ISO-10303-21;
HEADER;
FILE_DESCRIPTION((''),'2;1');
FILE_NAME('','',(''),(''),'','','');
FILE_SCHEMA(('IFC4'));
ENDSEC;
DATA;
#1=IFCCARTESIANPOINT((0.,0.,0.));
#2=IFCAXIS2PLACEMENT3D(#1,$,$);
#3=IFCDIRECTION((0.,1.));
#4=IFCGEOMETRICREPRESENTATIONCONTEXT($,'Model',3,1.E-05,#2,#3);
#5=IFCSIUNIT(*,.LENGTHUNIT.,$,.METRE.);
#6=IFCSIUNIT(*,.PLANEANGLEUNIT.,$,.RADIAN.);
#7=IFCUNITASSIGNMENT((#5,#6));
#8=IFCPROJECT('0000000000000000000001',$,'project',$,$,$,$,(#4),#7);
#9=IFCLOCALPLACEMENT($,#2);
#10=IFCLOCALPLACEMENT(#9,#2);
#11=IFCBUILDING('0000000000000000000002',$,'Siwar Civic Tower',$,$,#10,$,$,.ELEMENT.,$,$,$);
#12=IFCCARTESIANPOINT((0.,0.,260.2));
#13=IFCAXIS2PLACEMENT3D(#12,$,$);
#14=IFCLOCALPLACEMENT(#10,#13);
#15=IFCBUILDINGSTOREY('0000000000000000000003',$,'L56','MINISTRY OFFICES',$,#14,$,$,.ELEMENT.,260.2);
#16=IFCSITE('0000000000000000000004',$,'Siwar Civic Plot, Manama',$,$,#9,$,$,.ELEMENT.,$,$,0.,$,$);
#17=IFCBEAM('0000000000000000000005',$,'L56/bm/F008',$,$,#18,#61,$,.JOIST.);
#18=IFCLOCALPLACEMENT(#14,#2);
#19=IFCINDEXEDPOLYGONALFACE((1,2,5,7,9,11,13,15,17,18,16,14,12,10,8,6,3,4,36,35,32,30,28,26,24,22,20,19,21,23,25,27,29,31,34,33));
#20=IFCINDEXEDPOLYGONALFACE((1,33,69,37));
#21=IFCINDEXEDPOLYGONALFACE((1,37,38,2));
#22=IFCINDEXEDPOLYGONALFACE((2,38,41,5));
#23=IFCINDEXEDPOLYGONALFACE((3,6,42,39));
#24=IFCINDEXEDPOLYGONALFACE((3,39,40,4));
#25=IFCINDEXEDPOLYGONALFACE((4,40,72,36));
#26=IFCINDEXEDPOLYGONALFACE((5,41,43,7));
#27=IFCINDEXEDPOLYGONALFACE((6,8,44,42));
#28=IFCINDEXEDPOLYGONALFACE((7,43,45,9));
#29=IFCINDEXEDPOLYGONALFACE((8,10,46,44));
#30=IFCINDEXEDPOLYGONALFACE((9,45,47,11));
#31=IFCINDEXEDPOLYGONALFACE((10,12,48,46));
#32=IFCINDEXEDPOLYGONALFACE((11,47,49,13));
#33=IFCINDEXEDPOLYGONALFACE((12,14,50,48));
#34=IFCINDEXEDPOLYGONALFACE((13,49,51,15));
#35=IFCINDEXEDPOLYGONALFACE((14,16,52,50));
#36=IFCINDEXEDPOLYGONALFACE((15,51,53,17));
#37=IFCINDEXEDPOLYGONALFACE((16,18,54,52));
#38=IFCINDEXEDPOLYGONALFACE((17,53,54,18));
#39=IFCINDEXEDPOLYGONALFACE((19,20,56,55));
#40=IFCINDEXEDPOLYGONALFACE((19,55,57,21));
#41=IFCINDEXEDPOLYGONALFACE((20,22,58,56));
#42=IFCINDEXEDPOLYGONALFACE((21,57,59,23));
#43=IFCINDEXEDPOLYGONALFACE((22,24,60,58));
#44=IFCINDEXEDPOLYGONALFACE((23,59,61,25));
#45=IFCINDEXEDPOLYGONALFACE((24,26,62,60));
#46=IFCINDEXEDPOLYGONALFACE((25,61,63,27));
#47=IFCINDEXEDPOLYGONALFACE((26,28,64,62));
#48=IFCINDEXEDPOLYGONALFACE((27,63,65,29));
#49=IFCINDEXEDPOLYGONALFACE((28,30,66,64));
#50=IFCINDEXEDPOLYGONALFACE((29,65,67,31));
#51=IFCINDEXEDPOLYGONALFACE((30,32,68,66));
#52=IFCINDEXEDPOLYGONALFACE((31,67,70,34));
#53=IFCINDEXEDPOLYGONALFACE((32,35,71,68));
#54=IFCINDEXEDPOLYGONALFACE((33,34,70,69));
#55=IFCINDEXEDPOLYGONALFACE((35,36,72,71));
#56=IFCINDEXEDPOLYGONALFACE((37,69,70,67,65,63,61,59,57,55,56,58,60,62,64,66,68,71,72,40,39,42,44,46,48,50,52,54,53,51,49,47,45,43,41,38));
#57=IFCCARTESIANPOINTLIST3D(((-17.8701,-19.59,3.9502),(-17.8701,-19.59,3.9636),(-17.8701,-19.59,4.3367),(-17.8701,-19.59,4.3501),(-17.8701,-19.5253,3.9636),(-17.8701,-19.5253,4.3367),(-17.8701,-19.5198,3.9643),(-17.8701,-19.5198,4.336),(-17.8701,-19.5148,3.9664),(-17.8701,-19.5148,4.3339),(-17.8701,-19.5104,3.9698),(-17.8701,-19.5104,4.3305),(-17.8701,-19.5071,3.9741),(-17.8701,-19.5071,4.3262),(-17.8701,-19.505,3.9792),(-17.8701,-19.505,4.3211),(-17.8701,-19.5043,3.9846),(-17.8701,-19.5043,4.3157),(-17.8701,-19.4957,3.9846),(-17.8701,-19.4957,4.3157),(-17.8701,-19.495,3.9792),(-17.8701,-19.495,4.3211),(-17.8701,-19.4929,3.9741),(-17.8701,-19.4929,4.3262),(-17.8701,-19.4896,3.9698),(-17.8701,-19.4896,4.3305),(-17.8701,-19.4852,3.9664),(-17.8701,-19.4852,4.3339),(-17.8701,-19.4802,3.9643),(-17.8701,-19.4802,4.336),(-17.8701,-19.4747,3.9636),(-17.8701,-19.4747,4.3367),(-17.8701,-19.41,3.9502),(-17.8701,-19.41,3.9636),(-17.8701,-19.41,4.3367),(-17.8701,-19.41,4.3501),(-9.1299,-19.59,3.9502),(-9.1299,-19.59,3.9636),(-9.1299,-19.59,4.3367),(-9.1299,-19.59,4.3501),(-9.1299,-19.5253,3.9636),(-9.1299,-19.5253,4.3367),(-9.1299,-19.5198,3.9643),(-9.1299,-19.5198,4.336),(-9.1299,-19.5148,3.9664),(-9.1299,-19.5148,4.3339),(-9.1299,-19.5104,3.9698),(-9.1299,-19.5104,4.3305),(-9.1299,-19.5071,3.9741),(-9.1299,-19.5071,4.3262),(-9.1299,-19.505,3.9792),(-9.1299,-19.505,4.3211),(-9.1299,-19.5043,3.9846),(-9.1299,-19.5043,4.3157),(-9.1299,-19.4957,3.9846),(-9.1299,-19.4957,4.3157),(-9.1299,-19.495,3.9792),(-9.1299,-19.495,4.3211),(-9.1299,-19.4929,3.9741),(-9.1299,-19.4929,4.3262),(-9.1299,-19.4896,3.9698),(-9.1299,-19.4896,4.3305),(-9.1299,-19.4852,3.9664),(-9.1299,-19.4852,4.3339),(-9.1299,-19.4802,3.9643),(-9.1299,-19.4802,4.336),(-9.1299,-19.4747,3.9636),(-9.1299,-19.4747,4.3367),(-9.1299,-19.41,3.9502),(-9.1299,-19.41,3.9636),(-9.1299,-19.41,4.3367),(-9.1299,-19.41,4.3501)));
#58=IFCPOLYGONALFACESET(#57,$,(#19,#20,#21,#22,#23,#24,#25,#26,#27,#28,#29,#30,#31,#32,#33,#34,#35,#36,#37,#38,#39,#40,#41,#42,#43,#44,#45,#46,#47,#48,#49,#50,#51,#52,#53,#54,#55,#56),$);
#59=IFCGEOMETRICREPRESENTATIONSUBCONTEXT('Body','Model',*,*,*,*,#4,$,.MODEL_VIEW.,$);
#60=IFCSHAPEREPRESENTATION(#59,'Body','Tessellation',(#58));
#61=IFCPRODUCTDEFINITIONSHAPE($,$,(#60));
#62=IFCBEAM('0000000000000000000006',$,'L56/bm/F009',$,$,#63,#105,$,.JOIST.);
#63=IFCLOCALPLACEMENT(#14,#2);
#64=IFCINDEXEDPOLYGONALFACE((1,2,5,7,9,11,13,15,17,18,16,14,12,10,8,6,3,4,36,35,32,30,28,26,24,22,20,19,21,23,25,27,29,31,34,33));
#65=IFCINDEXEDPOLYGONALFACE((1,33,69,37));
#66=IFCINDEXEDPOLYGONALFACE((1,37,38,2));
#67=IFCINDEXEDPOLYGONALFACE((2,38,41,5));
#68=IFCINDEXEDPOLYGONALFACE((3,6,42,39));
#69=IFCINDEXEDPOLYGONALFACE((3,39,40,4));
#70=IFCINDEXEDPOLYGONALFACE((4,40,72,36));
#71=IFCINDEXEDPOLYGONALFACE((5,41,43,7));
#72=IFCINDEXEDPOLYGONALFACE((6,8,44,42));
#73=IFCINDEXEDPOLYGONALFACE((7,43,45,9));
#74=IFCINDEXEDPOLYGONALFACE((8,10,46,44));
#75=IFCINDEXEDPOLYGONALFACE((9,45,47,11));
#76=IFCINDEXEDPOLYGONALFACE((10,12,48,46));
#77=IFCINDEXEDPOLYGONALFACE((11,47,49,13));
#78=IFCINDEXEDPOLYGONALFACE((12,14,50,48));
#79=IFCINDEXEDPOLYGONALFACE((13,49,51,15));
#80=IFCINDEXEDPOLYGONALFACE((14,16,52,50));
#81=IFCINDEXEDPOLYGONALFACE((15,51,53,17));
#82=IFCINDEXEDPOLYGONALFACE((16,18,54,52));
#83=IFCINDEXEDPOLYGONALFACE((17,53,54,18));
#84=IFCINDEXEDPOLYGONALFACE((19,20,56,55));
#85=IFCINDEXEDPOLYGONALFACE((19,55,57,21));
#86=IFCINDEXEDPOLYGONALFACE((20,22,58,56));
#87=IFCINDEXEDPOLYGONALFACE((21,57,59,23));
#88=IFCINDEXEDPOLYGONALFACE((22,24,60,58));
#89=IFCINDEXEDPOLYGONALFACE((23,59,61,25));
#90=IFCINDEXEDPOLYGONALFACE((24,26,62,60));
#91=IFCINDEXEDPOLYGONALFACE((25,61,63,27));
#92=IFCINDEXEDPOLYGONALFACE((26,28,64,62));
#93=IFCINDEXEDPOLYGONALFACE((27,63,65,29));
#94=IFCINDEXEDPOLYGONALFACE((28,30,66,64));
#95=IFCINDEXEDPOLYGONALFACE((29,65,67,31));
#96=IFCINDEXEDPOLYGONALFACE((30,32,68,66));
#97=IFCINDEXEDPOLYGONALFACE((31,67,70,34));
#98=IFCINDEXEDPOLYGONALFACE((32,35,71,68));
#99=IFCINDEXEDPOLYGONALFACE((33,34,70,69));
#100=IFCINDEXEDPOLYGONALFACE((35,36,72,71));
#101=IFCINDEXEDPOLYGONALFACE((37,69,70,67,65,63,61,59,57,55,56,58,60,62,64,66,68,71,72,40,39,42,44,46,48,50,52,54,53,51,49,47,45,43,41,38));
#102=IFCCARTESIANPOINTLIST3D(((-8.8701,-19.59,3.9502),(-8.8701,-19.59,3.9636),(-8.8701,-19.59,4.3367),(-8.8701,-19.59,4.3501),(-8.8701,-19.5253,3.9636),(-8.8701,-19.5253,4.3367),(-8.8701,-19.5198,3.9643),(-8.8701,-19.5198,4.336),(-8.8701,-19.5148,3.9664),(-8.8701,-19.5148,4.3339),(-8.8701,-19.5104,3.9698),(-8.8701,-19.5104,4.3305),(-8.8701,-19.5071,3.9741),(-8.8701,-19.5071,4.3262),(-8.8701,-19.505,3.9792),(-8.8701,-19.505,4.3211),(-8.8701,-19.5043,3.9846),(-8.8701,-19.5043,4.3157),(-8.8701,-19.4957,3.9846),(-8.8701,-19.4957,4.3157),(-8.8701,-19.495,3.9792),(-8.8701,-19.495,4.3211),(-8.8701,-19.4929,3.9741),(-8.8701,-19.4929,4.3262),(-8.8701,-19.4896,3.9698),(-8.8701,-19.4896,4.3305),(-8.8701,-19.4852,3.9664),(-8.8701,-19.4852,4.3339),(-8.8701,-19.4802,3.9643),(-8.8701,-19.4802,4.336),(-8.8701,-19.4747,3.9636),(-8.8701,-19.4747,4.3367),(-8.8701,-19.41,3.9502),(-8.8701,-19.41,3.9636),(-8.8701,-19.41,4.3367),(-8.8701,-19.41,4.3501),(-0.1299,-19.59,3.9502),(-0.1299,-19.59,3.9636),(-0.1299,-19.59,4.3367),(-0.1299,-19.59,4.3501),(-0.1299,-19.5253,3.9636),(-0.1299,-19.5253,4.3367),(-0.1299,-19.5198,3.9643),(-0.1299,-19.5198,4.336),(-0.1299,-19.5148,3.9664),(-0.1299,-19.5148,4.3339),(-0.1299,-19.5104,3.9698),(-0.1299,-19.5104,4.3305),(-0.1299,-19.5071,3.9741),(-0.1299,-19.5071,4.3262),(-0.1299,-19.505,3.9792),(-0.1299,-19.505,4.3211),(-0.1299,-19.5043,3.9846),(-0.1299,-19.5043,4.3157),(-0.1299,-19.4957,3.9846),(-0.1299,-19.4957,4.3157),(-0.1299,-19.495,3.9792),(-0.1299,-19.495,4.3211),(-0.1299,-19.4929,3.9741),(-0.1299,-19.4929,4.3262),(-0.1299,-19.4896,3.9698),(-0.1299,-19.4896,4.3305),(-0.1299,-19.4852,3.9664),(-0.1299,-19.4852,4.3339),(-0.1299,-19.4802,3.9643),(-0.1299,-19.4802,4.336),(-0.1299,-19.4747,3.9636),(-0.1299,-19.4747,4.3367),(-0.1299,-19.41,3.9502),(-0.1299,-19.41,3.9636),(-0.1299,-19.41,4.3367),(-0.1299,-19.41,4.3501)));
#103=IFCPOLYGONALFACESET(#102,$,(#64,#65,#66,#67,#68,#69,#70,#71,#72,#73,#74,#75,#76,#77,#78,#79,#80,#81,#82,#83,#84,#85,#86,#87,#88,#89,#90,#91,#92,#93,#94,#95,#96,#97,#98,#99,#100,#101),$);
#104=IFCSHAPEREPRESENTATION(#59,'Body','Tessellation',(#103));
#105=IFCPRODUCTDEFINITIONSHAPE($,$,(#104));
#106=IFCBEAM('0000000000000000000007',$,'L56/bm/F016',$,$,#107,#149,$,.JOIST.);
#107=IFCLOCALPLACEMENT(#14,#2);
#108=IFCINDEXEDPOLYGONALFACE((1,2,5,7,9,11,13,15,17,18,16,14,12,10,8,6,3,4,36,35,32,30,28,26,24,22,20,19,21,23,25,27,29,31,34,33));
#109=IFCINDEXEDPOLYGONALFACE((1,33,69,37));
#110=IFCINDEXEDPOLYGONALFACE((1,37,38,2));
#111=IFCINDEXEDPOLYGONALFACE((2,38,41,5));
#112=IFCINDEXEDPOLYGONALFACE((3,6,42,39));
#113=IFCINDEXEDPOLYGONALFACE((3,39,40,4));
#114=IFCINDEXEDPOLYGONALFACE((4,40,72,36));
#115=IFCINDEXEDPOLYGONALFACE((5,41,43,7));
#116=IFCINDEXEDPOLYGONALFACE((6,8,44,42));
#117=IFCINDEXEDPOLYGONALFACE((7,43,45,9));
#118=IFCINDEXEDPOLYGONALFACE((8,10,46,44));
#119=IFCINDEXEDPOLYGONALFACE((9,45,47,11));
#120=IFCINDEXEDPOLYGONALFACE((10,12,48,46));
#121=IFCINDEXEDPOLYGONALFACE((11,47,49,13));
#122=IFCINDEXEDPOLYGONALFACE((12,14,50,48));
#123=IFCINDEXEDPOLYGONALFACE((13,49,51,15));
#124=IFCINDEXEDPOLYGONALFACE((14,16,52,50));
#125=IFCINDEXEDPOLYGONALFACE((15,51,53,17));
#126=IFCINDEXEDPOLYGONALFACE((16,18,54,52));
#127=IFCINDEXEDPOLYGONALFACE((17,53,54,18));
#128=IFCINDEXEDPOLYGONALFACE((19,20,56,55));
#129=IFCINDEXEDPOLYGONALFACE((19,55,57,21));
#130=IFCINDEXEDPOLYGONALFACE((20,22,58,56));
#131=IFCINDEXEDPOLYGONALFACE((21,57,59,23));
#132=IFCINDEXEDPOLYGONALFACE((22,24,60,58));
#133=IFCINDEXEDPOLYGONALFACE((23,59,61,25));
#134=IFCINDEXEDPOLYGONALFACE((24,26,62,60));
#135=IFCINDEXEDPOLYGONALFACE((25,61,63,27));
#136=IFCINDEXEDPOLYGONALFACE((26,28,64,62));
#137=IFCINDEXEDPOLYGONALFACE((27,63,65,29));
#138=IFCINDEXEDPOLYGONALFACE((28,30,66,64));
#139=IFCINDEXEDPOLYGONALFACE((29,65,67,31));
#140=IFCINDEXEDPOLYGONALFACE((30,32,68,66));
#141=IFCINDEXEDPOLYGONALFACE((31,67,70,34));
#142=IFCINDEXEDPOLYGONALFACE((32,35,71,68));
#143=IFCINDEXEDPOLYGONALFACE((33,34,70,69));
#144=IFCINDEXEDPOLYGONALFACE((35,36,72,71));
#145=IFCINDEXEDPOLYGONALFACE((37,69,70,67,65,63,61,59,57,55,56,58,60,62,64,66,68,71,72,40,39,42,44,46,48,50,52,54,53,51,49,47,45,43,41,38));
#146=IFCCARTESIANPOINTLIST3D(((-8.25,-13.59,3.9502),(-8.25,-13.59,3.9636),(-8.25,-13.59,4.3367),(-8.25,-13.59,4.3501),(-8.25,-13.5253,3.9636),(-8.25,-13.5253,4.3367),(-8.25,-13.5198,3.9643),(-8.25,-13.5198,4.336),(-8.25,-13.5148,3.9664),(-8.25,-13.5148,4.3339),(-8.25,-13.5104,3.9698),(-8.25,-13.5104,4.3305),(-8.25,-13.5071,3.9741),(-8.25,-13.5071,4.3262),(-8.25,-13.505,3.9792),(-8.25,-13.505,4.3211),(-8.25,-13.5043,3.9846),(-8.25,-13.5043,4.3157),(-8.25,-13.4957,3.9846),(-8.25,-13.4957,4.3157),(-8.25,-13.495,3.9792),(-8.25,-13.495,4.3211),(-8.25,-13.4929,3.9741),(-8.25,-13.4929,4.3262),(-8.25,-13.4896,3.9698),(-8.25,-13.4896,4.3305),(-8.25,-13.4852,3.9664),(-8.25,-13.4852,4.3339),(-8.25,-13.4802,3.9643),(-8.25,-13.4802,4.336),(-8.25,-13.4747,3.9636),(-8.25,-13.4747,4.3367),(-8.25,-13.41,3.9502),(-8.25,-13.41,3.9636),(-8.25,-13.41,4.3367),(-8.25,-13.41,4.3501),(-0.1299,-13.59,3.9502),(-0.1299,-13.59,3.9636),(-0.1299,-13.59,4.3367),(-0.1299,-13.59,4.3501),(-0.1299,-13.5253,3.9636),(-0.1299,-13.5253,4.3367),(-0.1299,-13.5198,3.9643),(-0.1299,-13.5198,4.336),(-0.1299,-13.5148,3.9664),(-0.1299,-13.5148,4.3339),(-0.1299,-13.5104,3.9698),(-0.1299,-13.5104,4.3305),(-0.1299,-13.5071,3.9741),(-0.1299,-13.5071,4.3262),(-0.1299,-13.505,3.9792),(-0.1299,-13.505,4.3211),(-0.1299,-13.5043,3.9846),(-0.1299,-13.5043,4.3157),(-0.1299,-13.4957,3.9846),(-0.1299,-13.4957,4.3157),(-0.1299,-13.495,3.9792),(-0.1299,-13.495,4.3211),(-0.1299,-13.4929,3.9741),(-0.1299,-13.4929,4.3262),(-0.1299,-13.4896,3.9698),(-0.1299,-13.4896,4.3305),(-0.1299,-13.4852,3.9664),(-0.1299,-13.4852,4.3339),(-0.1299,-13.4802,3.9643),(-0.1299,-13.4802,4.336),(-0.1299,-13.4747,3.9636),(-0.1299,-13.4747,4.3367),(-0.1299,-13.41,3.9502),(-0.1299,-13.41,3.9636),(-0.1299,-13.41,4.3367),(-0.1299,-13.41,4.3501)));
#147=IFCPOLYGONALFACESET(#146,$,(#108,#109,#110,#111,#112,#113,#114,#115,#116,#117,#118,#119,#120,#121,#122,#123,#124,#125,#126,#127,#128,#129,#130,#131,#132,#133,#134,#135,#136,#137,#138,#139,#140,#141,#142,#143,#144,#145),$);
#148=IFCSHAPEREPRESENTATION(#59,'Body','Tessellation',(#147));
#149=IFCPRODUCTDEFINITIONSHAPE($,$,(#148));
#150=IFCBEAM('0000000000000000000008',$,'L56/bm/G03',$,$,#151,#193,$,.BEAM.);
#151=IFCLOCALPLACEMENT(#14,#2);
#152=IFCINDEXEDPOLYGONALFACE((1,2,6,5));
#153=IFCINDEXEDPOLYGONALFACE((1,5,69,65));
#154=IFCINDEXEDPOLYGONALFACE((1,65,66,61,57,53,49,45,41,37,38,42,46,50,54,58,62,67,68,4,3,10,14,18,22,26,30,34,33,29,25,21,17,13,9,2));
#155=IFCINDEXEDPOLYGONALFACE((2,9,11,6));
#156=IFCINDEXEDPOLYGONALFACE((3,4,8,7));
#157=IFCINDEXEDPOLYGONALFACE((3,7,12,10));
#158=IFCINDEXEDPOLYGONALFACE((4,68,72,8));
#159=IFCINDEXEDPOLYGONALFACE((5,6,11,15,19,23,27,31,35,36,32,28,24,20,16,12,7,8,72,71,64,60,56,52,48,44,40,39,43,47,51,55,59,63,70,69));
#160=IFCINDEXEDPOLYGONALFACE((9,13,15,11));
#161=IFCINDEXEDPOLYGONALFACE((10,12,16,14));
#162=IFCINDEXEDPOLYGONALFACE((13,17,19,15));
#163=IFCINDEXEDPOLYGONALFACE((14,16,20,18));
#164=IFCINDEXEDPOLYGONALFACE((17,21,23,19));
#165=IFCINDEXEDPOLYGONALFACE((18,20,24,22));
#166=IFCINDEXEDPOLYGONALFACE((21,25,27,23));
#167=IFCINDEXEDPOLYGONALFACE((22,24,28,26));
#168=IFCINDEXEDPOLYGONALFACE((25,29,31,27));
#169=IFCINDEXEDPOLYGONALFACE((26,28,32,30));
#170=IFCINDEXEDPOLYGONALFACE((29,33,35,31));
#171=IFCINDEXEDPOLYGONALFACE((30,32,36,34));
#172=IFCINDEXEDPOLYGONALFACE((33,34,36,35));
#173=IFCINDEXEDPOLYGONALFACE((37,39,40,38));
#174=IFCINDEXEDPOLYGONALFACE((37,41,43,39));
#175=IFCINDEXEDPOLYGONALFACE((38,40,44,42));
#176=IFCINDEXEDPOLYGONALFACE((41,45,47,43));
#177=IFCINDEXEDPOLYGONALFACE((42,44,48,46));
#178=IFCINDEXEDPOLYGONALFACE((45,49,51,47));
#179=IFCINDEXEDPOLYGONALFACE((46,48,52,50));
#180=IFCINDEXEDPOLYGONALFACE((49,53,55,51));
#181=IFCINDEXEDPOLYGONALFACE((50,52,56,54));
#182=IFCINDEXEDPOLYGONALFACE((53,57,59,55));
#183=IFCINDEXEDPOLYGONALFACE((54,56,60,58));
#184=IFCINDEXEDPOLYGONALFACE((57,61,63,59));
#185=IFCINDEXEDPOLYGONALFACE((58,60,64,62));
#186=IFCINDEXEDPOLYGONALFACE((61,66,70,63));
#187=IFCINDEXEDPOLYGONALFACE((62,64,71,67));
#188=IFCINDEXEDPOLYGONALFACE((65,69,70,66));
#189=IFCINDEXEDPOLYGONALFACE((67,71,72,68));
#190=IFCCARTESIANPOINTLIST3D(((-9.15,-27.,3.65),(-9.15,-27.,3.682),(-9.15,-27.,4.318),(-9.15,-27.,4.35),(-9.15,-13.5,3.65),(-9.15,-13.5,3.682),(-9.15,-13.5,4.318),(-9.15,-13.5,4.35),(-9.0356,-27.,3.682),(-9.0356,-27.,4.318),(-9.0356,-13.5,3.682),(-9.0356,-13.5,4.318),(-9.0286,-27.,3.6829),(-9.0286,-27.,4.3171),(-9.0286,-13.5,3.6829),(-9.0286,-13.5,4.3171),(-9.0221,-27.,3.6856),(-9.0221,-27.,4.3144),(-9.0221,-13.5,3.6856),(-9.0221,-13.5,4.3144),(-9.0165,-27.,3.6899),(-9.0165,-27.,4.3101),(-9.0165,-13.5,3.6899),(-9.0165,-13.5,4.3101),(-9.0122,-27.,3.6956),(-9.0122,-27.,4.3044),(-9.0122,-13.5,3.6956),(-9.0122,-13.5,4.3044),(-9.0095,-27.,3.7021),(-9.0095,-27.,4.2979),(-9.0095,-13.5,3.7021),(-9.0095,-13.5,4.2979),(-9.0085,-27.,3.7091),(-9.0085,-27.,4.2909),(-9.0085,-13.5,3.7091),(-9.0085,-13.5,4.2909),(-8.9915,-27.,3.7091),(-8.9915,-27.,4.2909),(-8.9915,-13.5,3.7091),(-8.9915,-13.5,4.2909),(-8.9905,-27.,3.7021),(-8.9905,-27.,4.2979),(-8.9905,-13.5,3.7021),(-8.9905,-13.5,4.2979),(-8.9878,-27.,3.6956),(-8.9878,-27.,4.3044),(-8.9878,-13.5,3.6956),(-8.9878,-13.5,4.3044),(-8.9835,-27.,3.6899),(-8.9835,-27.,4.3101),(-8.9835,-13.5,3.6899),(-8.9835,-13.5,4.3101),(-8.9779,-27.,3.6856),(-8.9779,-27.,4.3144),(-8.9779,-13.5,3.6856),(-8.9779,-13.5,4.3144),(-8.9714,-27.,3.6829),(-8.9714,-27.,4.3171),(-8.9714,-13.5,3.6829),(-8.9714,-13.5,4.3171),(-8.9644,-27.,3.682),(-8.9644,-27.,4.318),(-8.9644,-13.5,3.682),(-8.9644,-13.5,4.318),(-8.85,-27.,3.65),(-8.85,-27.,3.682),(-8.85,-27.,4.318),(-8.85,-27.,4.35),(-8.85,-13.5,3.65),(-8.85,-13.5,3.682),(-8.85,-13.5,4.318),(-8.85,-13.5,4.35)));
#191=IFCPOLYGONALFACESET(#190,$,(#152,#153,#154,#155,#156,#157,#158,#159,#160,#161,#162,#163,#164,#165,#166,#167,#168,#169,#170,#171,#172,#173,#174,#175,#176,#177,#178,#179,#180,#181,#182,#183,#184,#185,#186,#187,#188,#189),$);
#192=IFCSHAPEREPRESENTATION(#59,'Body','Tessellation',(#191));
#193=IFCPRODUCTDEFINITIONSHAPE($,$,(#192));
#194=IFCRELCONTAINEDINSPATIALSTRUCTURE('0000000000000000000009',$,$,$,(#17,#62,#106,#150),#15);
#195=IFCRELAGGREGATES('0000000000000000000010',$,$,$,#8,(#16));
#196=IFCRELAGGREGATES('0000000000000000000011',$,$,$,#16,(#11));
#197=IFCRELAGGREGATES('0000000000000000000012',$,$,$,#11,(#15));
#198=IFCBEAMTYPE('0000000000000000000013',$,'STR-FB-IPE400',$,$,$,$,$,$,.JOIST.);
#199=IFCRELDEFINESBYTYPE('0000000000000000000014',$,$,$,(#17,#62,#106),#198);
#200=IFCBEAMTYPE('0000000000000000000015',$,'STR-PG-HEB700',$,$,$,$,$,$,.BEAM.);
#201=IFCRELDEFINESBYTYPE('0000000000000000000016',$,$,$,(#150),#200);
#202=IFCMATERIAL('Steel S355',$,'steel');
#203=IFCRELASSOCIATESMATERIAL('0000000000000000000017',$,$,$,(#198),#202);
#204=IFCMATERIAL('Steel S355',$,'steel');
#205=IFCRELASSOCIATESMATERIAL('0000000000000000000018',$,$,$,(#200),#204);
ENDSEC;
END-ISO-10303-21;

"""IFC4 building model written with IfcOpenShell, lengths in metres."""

from ifc_helpers import new_model, si_unit, direction, frame, origin, origin_2d, place, context, subcontext, project, spatial, i_section, extrude, material, material_profile, profile_set, type_object, element, save


model = new_model("IFC4")

# Units and contexts
model_context = context("Model", 3, precision=1e-05, world=origin(), true_north=direction((0.0, 1.0)))
body_context = subcontext(model_context, "Body", "Model", "MODEL_VIEW")
ifc_project = project(units=[si_unit("LENGTHUNIT", "METRE"), si_unit("PLANEANGLEUNIT", "RADIAN")], contexts=[model_context])

# Site, building, storey
site_placement = place(None, origin())
site = spatial("IfcSite", under=ifc_project, at=site_placement, Name="Siwar Civic Plot, Manama", CompositionType="ELEMENT", RefElevation=0.0)
building_placement = place(site_placement, origin())
building = spatial("IfcBuilding", under=site, at=building_placement, Name="Siwar Civic Tower", CompositionType="ELEMENT")
storey_placement = place(building_placement, frame((0.0, 0.0, 260.2)))
storey = spatial("IfcBuildingStorey", under=building, at=storey_placement, Name="L56", Description="MINISTRY OFFICES", CompositionType="ELEMENT", Elevation=260.2)

# Beams
ifc_material_1 = material(Name="Steel S355", Category="steel")
ifc_material_profile_1 = material_profile(ifc_material_1, i_section(OverallWidth=0.1799, OverallDepth=0.3999, WebThickness=0.0085, FlangeThickness=0.0134, FilletRadius=0.021, at=origin_2d()), Name="IPE400")
ifc_profile_set_1 = profile_set([ifc_material_profile_1], Name="Steel S355")
beam_type_1 = type_object("IfcBeamType", Name="STR-FB-IPE400", PredefinedType="JOIST", material=ifc_profile_set_1)
for number, where, z_axis, x_axis, name in (
    (1, (-17.8701, -19.5, 4.1501), (1.0, 0.0, 0.0), (0.0, 1.0, 0.0), "L56/bm/F008"),
    (2, (-8.8701, -19.5, 4.1501), (1.0, 0.0, 0.0), (0.0, 1.0, 0.0), "L56/bm/F009"),
):
    element("IfcBeam", number, at=place(storey_placement, frame(where, z_axis=z_axis, x_axis=x_axis)), inside=storey, type_object=beam_type_1, Name=name, PredefinedType="JOIST", context=body_context, shape_type="SweptSolid", body=[
        extrude(i_section(OverallWidth=0.1799, OverallDepth=0.3999, WebThickness=0.0085, FlangeThickness=0.0134, FilletRadius=0.021, at=origin_2d()), origin(), (0.0, 0.0, 1.0), 8.7402),
    ])
beam_1_placement = place(storey_placement, frame((-8.25, -13.5, 4.1501), z_axis=(1.0, 0.0, 0.0), x_axis=(0.0, 1.0, 0.0)))
element("IfcBeam", 3, at=beam_1_placement, inside=storey, type_object=beam_type_1, Name="L56/bm/F016", PredefinedType="JOIST", context=body_context, shape_type="SweptSolid", body=[
    extrude(i_section(OverallWidth=0.1799, OverallDepth=0.3999, WebThickness=0.0085, FlangeThickness=0.0134, FilletRadius=0.021, at=origin_2d()), origin(), (0.0, 0.0, 1.0), 8.1201),
])
ifc_material_2 = material(Name="Steel S355", Category="steel")
ifc_material_profile_2 = material_profile(ifc_material_2, i_section(OverallWidth=0.3, OverallDepth=0.7, WebThickness=0.0171, FlangeThickness=0.032, FilletRadius=0.0271, at=origin_2d()), Name="HEB700")
ifc_profile_set_2 = profile_set([ifc_material_profile_2], Name="Steel S355")
beam_type_2 = type_object("IfcBeamType", Name="STR-PG-HEB700", PredefinedType="BEAM", material=ifc_profile_set_2)
beam_2_placement = place(storey_placement, frame((-9.0, -27.0, 4.0), z_axis=(0.0, 1.0, 0.0), x_axis=(-1.0, 0.0, 0.0)))
element("IfcBeam", 4, at=beam_2_placement, inside=storey, type_object=beam_type_2, Name="L56/bm/G03", PredefinedType="BEAM", context=body_context, shape_type="SweptSolid", body=[
    extrude(i_section(OverallWidth=0.3, OverallDepth=0.7, WebThickness=0.0171, FlangeThickness=0.032, FilletRadius=0.0271, at=origin_2d()), origin(), (0.0, 0.0, 1.0), 13.5),
])

save(model, "model.ifc")
